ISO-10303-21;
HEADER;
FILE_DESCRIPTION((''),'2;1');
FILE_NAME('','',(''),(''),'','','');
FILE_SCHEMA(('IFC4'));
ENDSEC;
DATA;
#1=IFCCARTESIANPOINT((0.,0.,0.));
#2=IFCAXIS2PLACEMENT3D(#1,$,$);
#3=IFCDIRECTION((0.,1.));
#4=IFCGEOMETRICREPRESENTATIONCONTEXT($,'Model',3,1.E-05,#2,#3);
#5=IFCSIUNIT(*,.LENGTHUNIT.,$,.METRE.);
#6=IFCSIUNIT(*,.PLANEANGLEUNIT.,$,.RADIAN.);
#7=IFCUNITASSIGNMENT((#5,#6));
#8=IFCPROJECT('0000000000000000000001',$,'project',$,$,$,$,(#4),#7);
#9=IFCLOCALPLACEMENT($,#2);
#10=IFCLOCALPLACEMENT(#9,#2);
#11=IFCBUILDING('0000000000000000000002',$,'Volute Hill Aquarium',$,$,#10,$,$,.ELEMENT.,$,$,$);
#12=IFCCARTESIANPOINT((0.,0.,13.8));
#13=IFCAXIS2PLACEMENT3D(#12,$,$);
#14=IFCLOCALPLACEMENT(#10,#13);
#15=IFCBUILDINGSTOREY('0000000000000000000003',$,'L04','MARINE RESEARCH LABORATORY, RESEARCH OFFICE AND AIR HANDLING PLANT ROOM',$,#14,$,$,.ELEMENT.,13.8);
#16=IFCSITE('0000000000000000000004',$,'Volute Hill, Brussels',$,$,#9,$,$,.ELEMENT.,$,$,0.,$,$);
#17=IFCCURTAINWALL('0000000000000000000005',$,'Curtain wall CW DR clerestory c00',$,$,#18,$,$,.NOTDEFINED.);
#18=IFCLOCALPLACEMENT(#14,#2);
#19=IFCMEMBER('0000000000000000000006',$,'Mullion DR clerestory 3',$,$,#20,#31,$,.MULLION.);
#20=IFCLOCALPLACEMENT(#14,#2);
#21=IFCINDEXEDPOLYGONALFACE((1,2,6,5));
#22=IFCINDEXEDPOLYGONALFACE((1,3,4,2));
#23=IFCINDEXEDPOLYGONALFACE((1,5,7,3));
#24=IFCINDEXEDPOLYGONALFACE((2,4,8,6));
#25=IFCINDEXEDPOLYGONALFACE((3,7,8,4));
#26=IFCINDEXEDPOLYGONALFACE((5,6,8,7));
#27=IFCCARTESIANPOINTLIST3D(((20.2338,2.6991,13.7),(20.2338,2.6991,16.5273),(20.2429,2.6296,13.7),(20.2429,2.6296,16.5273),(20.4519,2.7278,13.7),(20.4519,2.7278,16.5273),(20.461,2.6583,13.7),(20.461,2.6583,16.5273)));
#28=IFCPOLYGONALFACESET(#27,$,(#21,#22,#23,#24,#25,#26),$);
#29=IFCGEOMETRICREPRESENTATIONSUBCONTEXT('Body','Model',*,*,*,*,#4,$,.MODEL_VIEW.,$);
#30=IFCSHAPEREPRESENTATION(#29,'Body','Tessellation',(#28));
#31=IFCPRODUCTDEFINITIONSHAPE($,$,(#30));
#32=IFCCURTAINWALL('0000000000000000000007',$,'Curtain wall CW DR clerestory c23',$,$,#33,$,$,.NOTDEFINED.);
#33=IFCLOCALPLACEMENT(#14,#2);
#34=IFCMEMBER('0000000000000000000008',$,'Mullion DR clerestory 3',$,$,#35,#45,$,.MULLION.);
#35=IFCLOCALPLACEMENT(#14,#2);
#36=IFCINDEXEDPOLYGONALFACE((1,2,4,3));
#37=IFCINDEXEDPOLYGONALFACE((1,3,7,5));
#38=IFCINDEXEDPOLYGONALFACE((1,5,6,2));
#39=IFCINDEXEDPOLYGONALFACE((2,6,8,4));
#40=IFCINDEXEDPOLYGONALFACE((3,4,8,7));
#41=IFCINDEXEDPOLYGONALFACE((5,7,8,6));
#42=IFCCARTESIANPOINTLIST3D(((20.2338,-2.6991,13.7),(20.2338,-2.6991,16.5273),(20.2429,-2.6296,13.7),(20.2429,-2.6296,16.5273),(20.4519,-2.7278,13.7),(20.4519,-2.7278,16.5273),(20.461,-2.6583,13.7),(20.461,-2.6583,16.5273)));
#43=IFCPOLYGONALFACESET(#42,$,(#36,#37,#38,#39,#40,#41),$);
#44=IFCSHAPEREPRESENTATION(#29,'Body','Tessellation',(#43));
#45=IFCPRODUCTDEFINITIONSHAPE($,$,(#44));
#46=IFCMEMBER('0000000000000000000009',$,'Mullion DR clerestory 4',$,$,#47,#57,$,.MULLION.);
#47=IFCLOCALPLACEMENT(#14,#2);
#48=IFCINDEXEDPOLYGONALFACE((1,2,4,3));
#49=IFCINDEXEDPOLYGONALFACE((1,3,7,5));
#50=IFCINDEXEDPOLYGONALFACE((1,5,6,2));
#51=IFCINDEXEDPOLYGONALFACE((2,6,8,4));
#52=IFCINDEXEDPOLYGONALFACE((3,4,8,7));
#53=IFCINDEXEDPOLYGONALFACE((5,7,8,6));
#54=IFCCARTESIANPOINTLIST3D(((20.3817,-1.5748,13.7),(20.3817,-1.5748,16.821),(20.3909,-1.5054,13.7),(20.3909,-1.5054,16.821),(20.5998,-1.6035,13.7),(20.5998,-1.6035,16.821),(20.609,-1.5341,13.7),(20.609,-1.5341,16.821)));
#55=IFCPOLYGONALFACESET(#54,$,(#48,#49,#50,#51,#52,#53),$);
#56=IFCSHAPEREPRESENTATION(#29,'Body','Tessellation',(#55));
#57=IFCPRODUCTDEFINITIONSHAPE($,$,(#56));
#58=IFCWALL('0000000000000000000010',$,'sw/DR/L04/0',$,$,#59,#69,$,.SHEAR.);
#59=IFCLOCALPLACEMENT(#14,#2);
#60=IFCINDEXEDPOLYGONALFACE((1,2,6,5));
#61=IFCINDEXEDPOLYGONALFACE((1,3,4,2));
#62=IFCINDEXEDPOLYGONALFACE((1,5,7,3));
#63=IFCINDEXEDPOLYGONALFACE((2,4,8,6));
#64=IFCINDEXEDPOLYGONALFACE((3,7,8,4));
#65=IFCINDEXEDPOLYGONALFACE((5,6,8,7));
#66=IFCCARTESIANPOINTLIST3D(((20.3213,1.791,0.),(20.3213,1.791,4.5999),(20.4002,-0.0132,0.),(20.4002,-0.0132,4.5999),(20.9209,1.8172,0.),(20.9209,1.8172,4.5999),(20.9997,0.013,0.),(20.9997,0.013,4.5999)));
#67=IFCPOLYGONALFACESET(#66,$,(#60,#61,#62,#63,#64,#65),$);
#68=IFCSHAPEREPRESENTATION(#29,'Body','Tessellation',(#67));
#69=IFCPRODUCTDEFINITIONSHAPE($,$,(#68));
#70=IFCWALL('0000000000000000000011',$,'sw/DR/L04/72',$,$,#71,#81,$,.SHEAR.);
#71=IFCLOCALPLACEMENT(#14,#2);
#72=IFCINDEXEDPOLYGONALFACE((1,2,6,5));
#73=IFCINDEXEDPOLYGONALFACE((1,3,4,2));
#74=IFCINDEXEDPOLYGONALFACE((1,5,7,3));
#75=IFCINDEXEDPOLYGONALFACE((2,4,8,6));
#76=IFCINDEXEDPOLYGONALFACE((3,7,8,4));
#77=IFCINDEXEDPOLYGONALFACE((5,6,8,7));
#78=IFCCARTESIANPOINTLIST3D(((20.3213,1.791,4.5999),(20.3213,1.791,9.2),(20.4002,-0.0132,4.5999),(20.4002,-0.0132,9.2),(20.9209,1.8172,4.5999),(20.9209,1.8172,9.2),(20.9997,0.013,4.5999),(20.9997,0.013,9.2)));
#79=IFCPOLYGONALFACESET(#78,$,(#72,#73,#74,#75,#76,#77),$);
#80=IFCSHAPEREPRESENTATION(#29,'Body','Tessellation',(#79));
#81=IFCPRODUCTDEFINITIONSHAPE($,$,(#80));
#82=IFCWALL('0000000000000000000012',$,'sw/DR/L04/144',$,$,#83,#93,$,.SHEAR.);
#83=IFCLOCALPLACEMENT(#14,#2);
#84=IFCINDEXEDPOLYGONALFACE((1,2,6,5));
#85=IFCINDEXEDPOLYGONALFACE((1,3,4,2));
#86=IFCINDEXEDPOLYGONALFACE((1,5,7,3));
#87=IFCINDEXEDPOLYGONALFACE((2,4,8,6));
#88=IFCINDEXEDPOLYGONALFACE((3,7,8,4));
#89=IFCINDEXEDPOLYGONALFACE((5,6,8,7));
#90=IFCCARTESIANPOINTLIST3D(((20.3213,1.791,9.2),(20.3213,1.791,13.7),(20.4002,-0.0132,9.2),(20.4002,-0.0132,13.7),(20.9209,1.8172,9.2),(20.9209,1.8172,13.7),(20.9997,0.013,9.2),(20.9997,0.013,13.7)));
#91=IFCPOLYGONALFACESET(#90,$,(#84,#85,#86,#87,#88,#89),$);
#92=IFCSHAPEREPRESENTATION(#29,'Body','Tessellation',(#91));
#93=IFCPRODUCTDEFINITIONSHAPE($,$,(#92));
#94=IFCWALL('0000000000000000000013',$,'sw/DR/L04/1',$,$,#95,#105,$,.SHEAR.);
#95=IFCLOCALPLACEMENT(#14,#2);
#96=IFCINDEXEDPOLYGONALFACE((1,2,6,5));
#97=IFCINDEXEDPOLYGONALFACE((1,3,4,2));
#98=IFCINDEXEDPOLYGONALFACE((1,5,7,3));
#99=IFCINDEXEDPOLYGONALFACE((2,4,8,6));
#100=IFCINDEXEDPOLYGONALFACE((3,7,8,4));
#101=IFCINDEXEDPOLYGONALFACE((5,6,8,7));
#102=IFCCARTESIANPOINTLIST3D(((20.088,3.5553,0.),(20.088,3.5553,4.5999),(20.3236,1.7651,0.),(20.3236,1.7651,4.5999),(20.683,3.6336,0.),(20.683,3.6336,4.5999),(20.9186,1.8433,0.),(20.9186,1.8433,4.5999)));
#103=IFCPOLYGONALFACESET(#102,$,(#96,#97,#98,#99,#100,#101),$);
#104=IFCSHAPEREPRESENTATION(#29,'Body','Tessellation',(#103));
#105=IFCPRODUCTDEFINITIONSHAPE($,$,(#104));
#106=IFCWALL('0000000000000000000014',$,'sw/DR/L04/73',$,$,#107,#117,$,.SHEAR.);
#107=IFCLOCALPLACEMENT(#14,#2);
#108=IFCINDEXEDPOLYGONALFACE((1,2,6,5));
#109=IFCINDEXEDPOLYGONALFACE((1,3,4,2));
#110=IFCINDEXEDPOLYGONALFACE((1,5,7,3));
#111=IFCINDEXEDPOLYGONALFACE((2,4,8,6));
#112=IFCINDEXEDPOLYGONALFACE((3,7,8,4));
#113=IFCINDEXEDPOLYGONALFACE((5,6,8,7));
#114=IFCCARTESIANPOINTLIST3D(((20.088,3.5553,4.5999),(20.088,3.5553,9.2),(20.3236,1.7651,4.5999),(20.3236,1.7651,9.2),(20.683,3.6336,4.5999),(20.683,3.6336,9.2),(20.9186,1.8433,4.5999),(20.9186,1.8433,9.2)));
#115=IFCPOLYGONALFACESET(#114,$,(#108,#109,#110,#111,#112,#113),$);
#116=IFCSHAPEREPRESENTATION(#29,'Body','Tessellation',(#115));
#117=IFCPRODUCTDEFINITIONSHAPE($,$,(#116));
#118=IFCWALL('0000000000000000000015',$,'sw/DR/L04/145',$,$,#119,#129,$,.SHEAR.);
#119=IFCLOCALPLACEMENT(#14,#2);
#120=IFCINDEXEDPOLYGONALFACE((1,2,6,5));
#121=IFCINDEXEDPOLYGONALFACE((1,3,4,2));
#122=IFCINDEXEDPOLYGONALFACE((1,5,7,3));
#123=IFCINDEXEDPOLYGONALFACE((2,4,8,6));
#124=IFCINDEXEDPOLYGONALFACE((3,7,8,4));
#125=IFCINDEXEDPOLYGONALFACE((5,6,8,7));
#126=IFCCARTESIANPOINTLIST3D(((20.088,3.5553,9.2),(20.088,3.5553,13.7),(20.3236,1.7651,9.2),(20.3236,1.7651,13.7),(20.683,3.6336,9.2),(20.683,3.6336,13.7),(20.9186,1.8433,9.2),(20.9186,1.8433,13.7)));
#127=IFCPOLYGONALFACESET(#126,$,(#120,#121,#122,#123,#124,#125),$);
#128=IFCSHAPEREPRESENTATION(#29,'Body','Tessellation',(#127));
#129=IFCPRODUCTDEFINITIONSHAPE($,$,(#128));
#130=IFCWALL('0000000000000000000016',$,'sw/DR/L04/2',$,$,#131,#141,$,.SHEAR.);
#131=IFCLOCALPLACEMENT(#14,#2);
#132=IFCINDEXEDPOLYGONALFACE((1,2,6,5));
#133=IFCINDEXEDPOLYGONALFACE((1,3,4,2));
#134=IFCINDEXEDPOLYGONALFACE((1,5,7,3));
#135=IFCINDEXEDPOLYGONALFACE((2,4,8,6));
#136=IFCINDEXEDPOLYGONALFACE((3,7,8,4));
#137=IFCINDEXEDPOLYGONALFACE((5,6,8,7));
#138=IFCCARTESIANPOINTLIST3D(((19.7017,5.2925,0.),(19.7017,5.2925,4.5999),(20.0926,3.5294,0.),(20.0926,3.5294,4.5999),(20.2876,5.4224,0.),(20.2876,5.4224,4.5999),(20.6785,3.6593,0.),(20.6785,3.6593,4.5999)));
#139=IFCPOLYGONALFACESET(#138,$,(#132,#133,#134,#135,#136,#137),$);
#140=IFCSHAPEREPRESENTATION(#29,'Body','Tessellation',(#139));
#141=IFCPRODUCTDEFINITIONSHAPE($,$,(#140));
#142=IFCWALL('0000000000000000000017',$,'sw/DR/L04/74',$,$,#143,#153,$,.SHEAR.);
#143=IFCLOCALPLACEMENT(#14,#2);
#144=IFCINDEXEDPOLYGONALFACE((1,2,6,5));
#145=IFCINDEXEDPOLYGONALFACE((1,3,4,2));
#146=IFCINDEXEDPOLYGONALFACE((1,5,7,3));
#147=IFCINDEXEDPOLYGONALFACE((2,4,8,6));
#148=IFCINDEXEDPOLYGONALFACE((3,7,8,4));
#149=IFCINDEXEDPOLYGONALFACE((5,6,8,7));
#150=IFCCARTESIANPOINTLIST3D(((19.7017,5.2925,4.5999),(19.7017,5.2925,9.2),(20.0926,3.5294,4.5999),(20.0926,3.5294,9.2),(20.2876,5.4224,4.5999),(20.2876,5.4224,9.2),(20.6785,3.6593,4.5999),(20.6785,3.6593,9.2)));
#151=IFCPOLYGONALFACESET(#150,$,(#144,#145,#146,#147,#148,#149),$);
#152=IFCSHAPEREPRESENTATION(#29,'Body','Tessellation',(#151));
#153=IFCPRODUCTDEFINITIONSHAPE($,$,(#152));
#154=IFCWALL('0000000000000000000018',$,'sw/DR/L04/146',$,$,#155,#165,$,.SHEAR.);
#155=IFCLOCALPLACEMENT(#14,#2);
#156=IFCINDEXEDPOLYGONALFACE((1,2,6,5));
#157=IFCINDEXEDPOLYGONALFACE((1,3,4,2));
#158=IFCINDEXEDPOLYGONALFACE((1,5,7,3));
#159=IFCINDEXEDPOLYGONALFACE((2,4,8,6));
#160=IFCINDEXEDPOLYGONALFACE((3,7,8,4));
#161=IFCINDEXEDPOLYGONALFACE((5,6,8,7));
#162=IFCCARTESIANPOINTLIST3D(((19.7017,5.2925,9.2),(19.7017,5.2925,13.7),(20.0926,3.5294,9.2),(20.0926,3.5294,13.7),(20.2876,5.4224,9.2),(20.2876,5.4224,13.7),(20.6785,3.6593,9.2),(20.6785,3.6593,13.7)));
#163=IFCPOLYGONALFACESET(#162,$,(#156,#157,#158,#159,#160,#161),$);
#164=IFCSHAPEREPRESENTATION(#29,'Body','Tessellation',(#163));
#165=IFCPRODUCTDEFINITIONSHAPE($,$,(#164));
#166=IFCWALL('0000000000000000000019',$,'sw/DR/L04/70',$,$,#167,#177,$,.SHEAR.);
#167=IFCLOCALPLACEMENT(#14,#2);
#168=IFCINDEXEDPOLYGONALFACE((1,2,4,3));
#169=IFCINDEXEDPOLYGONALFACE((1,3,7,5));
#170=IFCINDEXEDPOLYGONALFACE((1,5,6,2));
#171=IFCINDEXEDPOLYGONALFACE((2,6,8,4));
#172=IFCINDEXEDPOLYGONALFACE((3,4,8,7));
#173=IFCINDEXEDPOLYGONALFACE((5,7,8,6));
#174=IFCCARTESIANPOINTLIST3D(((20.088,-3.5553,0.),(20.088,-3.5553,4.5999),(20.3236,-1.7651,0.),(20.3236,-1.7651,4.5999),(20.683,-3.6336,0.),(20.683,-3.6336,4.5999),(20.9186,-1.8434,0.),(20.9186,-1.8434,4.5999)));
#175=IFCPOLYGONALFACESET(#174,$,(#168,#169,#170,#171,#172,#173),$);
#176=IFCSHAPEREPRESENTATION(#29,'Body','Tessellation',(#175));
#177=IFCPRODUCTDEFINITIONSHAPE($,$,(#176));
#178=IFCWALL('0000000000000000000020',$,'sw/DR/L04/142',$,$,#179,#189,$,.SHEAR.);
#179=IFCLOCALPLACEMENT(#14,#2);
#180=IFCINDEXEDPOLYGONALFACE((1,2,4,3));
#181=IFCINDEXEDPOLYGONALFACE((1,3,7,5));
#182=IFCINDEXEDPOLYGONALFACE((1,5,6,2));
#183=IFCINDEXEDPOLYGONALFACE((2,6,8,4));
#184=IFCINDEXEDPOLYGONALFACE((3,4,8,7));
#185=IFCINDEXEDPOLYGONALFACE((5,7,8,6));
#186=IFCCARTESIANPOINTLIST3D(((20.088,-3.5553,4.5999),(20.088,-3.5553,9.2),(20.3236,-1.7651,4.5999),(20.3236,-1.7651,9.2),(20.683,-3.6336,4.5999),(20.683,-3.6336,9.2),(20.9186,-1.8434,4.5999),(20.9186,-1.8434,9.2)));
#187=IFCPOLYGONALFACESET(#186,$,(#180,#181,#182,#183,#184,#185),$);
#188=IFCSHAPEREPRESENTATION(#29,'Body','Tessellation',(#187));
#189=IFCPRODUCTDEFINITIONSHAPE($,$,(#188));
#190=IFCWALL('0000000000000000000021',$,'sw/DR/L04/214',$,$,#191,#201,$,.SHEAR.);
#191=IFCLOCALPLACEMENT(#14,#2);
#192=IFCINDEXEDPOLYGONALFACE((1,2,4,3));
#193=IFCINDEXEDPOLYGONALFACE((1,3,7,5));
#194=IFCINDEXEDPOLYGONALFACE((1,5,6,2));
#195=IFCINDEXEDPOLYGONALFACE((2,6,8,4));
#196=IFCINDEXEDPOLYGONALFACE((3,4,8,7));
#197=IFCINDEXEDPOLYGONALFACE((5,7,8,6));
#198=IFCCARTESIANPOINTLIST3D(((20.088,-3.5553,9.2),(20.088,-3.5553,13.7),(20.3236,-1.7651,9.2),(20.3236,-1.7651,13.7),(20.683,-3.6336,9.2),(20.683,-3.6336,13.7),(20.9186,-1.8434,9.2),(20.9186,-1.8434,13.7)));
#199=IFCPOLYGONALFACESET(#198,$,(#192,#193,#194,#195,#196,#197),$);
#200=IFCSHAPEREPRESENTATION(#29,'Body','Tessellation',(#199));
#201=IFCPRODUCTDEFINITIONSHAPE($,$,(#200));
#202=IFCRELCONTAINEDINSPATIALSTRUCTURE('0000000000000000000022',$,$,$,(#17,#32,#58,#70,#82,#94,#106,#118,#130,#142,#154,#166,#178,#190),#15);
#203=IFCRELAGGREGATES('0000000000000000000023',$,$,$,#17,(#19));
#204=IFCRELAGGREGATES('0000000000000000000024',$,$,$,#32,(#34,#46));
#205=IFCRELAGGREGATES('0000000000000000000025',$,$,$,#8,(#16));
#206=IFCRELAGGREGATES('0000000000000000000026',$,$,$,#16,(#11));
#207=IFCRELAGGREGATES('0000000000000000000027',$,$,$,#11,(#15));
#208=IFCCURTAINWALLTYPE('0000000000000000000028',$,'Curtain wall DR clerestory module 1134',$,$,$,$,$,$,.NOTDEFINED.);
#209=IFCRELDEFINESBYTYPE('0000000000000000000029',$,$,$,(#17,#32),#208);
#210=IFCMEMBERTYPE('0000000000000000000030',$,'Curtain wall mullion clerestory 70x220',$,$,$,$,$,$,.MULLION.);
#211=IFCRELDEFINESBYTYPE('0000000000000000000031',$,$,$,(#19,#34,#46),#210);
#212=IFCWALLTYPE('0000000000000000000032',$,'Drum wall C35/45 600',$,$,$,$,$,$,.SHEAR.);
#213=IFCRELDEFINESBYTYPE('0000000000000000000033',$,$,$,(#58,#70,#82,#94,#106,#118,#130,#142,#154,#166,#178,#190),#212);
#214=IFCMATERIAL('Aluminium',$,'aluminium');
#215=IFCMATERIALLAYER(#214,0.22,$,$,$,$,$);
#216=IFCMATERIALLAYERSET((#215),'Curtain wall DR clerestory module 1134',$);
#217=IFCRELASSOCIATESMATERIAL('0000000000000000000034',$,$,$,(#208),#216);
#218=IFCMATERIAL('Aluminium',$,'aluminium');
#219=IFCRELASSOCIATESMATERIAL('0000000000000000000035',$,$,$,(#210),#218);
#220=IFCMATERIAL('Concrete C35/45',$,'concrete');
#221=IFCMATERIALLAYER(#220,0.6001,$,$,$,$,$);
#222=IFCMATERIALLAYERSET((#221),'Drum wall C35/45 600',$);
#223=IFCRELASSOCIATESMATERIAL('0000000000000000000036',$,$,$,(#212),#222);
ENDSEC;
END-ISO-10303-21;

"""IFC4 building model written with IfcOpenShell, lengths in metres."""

from ifc_helpers import new_model, si_unit, direction, frame, frame_2d, origin, origin_2d, place, context, subcontext, project, spatial, rectangle, extrude, material, layer, layer_set, material_profile, profile_set, type_object, element, aggregate, save


model = new_model("IFC4")

# Units and contexts
model_context = context("Model", 3, precision=1e-05, world=origin(), true_north=direction((0.0, 1.0)))
body_context = subcontext(model_context, "Body", "Model", "MODEL_VIEW")
ifc_project = project(units=[si_unit("LENGTHUNIT", "METRE"), si_unit("PLANEANGLEUNIT", "RADIAN")], contexts=[model_context])

# Site, building, storey
site_placement = place(None, origin())
site = spatial("IfcSite", under=ifc_project, at=site_placement, Name="Volute Hill, Brussels", CompositionType="ELEMENT", RefElevation=0.0)
building_placement = place(site_placement, origin())
building = spatial("IfcBuilding", under=site, at=building_placement, Name="Volute Hill Aquarium", CompositionType="ELEMENT")
storey_placement = place(building_placement, frame((0.0, 0.0, 13.8)))
storey = spatial("IfcBuildingStorey", under=building, at=storey_placement, Name="L04", Description="MARINE RESEARCH LABORATORY, RESEARCH OFFICE AND AIR HANDLING PLANT ROOM", CompositionType="ELEMENT", Elevation=13.8)

# Curtain wall, member
ifc_material_1 = material(Name="Aluminium", Category="aluminium")
ifc_layer_1 = layer(ifc_material_1, 0.22)
ifc_layer_set_1 = layer_set([ifc_layer_1], Name="Curtain wall DR clerestory module 1134")
curtain_wall_type = type_object("IfcCurtainWallType", Name="Curtain wall DR clerestory module 1134", PredefinedType="NOTDEFINED", material=ifc_layer_set_1)
curtain_wall_1_placement = place(storey_placement, origin())
curtain_wall_1 = element("IfcCurtainWall", 1, at=curtain_wall_1_placement, inside=storey, type_object=curtain_wall_type, Name="Curtain wall CW DR clerestory c00", PredefinedType="NOTDEFINED")
ifc_material_2 = material(Name="Aluminium", Category="aluminium")
ifc_material_profile = material_profile(ifc_material_2, rectangle(XDim=0.22, YDim=0.0701, at=origin_2d()), Name="Curtain wall mullion clerestory 70x220")
ifc_profile_set = profile_set([ifc_material_profile], Name="Aluminium")
member_type = type_object("IfcMemberType", Name="Curtain wall mullion clerestory 70x220", PredefinedType="MULLION", material=ifc_profile_set)
member_1_placement = place(storey_placement, frame((20.3474, 2.6787, 13.7), z_axis=(0.0, 0.0, 1.0), x_axis=(-0.991446, -0.130519, 0.0)))
member_1 = element("IfcMember", 2, at=member_1_placement, type_object=member_type, Name="Mullion DR clerestory 3", PredefinedType="MULLION", context=body_context, shape_type="SweptSolid", body=[
    extrude(rectangle(XDim=0.22, YDim=0.0701, at=origin_2d()), origin(), (0.0, 0.0, 1.0), 2.8274),
])
aggregate(curtain_wall_1, [member_1])

# Curtain wall, members
curtain_wall_2_placement = place(storey_placement, origin())
curtain_wall_2 = element("IfcCurtainWall", 3, at=curtain_wall_2_placement, inside=storey, type_object=curtain_wall_type, Name="Curtain wall CW DR clerestory c23", PredefinedType="NOTDEFINED")
member_2_placement = place(storey_placement, frame((20.3474, -2.6787, 13.7), z_axis=(0.0, 0.0, 1.0), x_axis=(-0.991446, 0.130519, 0.0)))
member_2 = element("IfcMember", 4, at=member_2_placement, type_object=member_type, Name="Mullion DR clerestory 3", PredefinedType="MULLION", context=body_context, shape_type="SweptSolid", body=[
    extrude(rectangle(XDim=0.22, YDim=0.0701, at=origin_2d()), origin(), (0.0, 0.0, 1.0), 2.8274),
])
member_3_placement = place(storey_placement, frame((20.4954, -1.5544, 13.7), z_axis=(0.0, 0.0, 1.0), x_axis=(-0.991446, 0.130519, 0.0)))
member_3 = element("IfcMember", 5, at=member_3_placement, type_object=member_type, Name="Mullion DR clerestory 4", PredefinedType="MULLION", context=body_context, shape_type="SweptSolid", body=[
    extrude(rectangle(XDim=0.22, YDim=0.0701, at=origin_2d()), origin(), (0.0, 0.0, 1.0), 3.1211),
])
aggregate(curtain_wall_2, [member_2, member_3])

# Walls
ifc_material_3 = material(Name="Concrete C35/45", Category="concrete")
ifc_layer_2 = layer(ifc_material_3, 0.6001)
ifc_layer_set_2 = layer_set([ifc_layer_2], Name="Drum wall C35/45 600")
wall_type = type_object("IfcWallType", Name="Drum wall C35/45 600", PredefinedType="SHEAR", material=ifc_layer_set_2)
wall_1_placement = place(storey_placement, frame((20.7, 0.0, 0.0), z_axis=(0.0, 0.0, 1.0), x_axis=(-0.043666, 0.999046, 0.0)))
element("IfcWall", 6, at=wall_1_placement, inside=storey, type_object=wall_type, Name="sw/DR/L04/0", PredefinedType="SHEAR", context=body_context, shape_type="SweptSolid", body=[
    extrude(rectangle(XDim=1.8059, YDim=0.6001, at=frame_2d((0.9028, 0.0))), origin(), (0.0, 0.0, 1.0), 4.5999),
])
wall_2_placement = place(storey_placement, frame((20.7, 0.0, 4.5999), z_axis=(0.0, 0.0, 1.0), x_axis=(-0.043666, 0.999046, 0.0)))
element("IfcWall", 7, at=wall_2_placement, inside=storey, type_object=wall_type, Name="sw/DR/L04/72", PredefinedType="SHEAR", context=body_context, shape_type="SweptSolid", body=[
    extrude(rectangle(XDim=1.8059, YDim=0.6001, at=frame_2d((0.9028, 0.0))), origin(), (0.0, 0.0, 1.0), 4.6001),
])
wall_3_placement = place(storey_placement, frame((20.7, 0.0, 9.2), z_axis=(0.0, 0.0, 1.0), x_axis=(-0.043666, 0.999046, 0.0)))
element("IfcWall", 8, at=wall_3_placement, inside=storey, type_object=wall_type, Name="sw/DR/L04/144", PredefinedType="SHEAR", context=body_context, shape_type="SweptSolid", body=[
    extrude(rectangle(XDim=1.8059, YDim=0.6001, at=frame_2d((0.9028, 0.0))), origin(), (0.0, 0.0, 1.0), 4.5),
])
wall_4_placement = place(storey_placement, frame((20.6211, 1.8042, 0.0), z_axis=(0.0, 0.0, 1.0), x_axis=(-0.130472, 0.991452, 0.0)))
element("IfcWall", 9, at=wall_4_placement, inside=storey, type_object=wall_type, Name="sw/DR/L04/1", PredefinedType="SHEAR", context=body_context, shape_type="SweptSolid", body=[
    extrude(rectangle(XDim=1.8057, YDim=0.6001, at=frame_2d((0.9028, 0.0))), origin(), (0.0, 0.0, 1.0), 4.5999),
])
wall_5_placement = place(storey_placement, frame((20.6211, 1.8042, 4.5999), z_axis=(0.0, 0.0, 1.0), x_axis=(-0.130472, 0.991452, 0.0)))
element("IfcWall", 10, at=wall_5_placement, inside=storey, type_object=wall_type, Name="sw/DR/L04/73", PredefinedType="SHEAR", context=body_context, shape_type="SweptSolid", body=[
    extrude(rectangle(XDim=1.8057, YDim=0.6001, at=frame_2d((0.9028, 0.0))), origin(), (0.0, 0.0, 1.0), 4.6001),
])
wall_6_placement = place(storey_placement, frame((20.6211, 1.8042, 9.2), z_axis=(0.0, 0.0, 1.0), x_axis=(-0.130472, 0.991452, 0.0)))
element("IfcWall", 11, at=wall_6_placement, inside=storey, type_object=wall_type, Name="sw/DR/L04/145", PredefinedType="SHEAR", context=body_context, shape_type="SweptSolid", body=[
    extrude(rectangle(XDim=1.8057, YDim=0.6001, at=frame_2d((0.9028, 0.0))), origin(), (0.0, 0.0, 1.0), 4.5),
])
wall_7_placement = place(storey_placement, frame((20.3855, 3.5945, 0.0), z_axis=(0.0, 0.0, 1.0), x_axis=(-0.216429, 0.976298, 0.0)))
element("IfcWall", 12, at=wall_7_placement, inside=storey, type_object=wall_type, Name="sw/DR/L04/2", PredefinedType="SHEAR", context=body_context, shape_type="SweptSolid", body=[
    extrude(rectangle(XDim=1.8059, YDim=0.6001, at=frame_2d((0.9028, 0.0))), origin(), (0.0, 0.0, 1.0), 4.5999),
])
wall_8_placement = place(storey_placement, frame((20.3855, 3.5945, 4.5999), z_axis=(0.0, 0.0, 1.0), x_axis=(-0.216429, 0.976298, 0.0)))
element("IfcWall", 13, at=wall_8_placement, inside=storey, type_object=wall_type, Name="sw/DR/L04/74", PredefinedType="SHEAR", context=body_context, shape_type="SweptSolid", body=[
    extrude(rectangle(XDim=1.8059, YDim=0.6001, at=frame_2d((0.9028, 0.0))), origin(), (0.0, 0.0, 1.0), 4.6001),
])
wall_9_placement = place(storey_placement, frame((20.3855, 3.5945, 9.2), z_axis=(0.0, 0.0, 1.0), x_axis=(-0.216429, 0.976298, 0.0)))
element("IfcWall", 14, at=wall_9_placement, inside=storey, type_object=wall_type, Name="sw/DR/L04/146", PredefinedType="SHEAR", context=body_context, shape_type="SweptSolid", body=[
    extrude(rectangle(XDim=1.8059, YDim=0.6001, at=frame_2d((0.9028, 0.0))), origin(), (0.0, 0.0, 1.0), 4.5),
])
wall_10_placement = place(storey_placement, frame((20.3855, -3.5945, 0.0), z_axis=(0.0, 0.0, 1.0), x_axis=(0.130472, 0.991452, 0.0)))
element("IfcWall", 15, at=wall_10_placement, inside=storey, type_object=wall_type, Name="sw/DR/L04/70", PredefinedType="SHEAR", context=body_context, shape_type="SweptSolid", body=[
    extrude(rectangle(XDim=1.8057, YDim=0.6001, at=frame_2d((0.9028, 0.0))), origin(), (0.0, 0.0, 1.0), 4.5999),
])
wall_11_placement = place(storey_placement, frame((20.3855, -3.5945, 4.5999), z_axis=(0.0, 0.0, 1.0), x_axis=(0.130472, 0.991452, 0.0)))
element("IfcWall", 16, at=wall_11_placement, inside=storey, type_object=wall_type, Name="sw/DR/L04/142", PredefinedType="SHEAR", context=body_context, shape_type="SweptSolid", body=[
    extrude(rectangle(XDim=1.8057, YDim=0.6001, at=frame_2d((0.9028, 0.0))), origin(), (0.0, 0.0, 1.0), 4.6001),
])
wall_12_placement = place(storey_placement, frame((20.3855, -3.5945, 9.2), z_axis=(0.0, 0.0, 1.0), x_axis=(0.130472, 0.991452, 0.0)))
element("IfcWall", 17, at=wall_12_placement, inside=storey, type_object=wall_type, Name="sw/DR/L04/214", PredefinedType="SHEAR", context=body_context, shape_type="SweptSolid", body=[
    extrude(rectangle(XDim=1.8057, YDim=0.6001, at=frame_2d((0.9028, 0.0))), origin(), (0.0, 0.0, 1.0), 4.5),
])

save(model, "model.ifc")
